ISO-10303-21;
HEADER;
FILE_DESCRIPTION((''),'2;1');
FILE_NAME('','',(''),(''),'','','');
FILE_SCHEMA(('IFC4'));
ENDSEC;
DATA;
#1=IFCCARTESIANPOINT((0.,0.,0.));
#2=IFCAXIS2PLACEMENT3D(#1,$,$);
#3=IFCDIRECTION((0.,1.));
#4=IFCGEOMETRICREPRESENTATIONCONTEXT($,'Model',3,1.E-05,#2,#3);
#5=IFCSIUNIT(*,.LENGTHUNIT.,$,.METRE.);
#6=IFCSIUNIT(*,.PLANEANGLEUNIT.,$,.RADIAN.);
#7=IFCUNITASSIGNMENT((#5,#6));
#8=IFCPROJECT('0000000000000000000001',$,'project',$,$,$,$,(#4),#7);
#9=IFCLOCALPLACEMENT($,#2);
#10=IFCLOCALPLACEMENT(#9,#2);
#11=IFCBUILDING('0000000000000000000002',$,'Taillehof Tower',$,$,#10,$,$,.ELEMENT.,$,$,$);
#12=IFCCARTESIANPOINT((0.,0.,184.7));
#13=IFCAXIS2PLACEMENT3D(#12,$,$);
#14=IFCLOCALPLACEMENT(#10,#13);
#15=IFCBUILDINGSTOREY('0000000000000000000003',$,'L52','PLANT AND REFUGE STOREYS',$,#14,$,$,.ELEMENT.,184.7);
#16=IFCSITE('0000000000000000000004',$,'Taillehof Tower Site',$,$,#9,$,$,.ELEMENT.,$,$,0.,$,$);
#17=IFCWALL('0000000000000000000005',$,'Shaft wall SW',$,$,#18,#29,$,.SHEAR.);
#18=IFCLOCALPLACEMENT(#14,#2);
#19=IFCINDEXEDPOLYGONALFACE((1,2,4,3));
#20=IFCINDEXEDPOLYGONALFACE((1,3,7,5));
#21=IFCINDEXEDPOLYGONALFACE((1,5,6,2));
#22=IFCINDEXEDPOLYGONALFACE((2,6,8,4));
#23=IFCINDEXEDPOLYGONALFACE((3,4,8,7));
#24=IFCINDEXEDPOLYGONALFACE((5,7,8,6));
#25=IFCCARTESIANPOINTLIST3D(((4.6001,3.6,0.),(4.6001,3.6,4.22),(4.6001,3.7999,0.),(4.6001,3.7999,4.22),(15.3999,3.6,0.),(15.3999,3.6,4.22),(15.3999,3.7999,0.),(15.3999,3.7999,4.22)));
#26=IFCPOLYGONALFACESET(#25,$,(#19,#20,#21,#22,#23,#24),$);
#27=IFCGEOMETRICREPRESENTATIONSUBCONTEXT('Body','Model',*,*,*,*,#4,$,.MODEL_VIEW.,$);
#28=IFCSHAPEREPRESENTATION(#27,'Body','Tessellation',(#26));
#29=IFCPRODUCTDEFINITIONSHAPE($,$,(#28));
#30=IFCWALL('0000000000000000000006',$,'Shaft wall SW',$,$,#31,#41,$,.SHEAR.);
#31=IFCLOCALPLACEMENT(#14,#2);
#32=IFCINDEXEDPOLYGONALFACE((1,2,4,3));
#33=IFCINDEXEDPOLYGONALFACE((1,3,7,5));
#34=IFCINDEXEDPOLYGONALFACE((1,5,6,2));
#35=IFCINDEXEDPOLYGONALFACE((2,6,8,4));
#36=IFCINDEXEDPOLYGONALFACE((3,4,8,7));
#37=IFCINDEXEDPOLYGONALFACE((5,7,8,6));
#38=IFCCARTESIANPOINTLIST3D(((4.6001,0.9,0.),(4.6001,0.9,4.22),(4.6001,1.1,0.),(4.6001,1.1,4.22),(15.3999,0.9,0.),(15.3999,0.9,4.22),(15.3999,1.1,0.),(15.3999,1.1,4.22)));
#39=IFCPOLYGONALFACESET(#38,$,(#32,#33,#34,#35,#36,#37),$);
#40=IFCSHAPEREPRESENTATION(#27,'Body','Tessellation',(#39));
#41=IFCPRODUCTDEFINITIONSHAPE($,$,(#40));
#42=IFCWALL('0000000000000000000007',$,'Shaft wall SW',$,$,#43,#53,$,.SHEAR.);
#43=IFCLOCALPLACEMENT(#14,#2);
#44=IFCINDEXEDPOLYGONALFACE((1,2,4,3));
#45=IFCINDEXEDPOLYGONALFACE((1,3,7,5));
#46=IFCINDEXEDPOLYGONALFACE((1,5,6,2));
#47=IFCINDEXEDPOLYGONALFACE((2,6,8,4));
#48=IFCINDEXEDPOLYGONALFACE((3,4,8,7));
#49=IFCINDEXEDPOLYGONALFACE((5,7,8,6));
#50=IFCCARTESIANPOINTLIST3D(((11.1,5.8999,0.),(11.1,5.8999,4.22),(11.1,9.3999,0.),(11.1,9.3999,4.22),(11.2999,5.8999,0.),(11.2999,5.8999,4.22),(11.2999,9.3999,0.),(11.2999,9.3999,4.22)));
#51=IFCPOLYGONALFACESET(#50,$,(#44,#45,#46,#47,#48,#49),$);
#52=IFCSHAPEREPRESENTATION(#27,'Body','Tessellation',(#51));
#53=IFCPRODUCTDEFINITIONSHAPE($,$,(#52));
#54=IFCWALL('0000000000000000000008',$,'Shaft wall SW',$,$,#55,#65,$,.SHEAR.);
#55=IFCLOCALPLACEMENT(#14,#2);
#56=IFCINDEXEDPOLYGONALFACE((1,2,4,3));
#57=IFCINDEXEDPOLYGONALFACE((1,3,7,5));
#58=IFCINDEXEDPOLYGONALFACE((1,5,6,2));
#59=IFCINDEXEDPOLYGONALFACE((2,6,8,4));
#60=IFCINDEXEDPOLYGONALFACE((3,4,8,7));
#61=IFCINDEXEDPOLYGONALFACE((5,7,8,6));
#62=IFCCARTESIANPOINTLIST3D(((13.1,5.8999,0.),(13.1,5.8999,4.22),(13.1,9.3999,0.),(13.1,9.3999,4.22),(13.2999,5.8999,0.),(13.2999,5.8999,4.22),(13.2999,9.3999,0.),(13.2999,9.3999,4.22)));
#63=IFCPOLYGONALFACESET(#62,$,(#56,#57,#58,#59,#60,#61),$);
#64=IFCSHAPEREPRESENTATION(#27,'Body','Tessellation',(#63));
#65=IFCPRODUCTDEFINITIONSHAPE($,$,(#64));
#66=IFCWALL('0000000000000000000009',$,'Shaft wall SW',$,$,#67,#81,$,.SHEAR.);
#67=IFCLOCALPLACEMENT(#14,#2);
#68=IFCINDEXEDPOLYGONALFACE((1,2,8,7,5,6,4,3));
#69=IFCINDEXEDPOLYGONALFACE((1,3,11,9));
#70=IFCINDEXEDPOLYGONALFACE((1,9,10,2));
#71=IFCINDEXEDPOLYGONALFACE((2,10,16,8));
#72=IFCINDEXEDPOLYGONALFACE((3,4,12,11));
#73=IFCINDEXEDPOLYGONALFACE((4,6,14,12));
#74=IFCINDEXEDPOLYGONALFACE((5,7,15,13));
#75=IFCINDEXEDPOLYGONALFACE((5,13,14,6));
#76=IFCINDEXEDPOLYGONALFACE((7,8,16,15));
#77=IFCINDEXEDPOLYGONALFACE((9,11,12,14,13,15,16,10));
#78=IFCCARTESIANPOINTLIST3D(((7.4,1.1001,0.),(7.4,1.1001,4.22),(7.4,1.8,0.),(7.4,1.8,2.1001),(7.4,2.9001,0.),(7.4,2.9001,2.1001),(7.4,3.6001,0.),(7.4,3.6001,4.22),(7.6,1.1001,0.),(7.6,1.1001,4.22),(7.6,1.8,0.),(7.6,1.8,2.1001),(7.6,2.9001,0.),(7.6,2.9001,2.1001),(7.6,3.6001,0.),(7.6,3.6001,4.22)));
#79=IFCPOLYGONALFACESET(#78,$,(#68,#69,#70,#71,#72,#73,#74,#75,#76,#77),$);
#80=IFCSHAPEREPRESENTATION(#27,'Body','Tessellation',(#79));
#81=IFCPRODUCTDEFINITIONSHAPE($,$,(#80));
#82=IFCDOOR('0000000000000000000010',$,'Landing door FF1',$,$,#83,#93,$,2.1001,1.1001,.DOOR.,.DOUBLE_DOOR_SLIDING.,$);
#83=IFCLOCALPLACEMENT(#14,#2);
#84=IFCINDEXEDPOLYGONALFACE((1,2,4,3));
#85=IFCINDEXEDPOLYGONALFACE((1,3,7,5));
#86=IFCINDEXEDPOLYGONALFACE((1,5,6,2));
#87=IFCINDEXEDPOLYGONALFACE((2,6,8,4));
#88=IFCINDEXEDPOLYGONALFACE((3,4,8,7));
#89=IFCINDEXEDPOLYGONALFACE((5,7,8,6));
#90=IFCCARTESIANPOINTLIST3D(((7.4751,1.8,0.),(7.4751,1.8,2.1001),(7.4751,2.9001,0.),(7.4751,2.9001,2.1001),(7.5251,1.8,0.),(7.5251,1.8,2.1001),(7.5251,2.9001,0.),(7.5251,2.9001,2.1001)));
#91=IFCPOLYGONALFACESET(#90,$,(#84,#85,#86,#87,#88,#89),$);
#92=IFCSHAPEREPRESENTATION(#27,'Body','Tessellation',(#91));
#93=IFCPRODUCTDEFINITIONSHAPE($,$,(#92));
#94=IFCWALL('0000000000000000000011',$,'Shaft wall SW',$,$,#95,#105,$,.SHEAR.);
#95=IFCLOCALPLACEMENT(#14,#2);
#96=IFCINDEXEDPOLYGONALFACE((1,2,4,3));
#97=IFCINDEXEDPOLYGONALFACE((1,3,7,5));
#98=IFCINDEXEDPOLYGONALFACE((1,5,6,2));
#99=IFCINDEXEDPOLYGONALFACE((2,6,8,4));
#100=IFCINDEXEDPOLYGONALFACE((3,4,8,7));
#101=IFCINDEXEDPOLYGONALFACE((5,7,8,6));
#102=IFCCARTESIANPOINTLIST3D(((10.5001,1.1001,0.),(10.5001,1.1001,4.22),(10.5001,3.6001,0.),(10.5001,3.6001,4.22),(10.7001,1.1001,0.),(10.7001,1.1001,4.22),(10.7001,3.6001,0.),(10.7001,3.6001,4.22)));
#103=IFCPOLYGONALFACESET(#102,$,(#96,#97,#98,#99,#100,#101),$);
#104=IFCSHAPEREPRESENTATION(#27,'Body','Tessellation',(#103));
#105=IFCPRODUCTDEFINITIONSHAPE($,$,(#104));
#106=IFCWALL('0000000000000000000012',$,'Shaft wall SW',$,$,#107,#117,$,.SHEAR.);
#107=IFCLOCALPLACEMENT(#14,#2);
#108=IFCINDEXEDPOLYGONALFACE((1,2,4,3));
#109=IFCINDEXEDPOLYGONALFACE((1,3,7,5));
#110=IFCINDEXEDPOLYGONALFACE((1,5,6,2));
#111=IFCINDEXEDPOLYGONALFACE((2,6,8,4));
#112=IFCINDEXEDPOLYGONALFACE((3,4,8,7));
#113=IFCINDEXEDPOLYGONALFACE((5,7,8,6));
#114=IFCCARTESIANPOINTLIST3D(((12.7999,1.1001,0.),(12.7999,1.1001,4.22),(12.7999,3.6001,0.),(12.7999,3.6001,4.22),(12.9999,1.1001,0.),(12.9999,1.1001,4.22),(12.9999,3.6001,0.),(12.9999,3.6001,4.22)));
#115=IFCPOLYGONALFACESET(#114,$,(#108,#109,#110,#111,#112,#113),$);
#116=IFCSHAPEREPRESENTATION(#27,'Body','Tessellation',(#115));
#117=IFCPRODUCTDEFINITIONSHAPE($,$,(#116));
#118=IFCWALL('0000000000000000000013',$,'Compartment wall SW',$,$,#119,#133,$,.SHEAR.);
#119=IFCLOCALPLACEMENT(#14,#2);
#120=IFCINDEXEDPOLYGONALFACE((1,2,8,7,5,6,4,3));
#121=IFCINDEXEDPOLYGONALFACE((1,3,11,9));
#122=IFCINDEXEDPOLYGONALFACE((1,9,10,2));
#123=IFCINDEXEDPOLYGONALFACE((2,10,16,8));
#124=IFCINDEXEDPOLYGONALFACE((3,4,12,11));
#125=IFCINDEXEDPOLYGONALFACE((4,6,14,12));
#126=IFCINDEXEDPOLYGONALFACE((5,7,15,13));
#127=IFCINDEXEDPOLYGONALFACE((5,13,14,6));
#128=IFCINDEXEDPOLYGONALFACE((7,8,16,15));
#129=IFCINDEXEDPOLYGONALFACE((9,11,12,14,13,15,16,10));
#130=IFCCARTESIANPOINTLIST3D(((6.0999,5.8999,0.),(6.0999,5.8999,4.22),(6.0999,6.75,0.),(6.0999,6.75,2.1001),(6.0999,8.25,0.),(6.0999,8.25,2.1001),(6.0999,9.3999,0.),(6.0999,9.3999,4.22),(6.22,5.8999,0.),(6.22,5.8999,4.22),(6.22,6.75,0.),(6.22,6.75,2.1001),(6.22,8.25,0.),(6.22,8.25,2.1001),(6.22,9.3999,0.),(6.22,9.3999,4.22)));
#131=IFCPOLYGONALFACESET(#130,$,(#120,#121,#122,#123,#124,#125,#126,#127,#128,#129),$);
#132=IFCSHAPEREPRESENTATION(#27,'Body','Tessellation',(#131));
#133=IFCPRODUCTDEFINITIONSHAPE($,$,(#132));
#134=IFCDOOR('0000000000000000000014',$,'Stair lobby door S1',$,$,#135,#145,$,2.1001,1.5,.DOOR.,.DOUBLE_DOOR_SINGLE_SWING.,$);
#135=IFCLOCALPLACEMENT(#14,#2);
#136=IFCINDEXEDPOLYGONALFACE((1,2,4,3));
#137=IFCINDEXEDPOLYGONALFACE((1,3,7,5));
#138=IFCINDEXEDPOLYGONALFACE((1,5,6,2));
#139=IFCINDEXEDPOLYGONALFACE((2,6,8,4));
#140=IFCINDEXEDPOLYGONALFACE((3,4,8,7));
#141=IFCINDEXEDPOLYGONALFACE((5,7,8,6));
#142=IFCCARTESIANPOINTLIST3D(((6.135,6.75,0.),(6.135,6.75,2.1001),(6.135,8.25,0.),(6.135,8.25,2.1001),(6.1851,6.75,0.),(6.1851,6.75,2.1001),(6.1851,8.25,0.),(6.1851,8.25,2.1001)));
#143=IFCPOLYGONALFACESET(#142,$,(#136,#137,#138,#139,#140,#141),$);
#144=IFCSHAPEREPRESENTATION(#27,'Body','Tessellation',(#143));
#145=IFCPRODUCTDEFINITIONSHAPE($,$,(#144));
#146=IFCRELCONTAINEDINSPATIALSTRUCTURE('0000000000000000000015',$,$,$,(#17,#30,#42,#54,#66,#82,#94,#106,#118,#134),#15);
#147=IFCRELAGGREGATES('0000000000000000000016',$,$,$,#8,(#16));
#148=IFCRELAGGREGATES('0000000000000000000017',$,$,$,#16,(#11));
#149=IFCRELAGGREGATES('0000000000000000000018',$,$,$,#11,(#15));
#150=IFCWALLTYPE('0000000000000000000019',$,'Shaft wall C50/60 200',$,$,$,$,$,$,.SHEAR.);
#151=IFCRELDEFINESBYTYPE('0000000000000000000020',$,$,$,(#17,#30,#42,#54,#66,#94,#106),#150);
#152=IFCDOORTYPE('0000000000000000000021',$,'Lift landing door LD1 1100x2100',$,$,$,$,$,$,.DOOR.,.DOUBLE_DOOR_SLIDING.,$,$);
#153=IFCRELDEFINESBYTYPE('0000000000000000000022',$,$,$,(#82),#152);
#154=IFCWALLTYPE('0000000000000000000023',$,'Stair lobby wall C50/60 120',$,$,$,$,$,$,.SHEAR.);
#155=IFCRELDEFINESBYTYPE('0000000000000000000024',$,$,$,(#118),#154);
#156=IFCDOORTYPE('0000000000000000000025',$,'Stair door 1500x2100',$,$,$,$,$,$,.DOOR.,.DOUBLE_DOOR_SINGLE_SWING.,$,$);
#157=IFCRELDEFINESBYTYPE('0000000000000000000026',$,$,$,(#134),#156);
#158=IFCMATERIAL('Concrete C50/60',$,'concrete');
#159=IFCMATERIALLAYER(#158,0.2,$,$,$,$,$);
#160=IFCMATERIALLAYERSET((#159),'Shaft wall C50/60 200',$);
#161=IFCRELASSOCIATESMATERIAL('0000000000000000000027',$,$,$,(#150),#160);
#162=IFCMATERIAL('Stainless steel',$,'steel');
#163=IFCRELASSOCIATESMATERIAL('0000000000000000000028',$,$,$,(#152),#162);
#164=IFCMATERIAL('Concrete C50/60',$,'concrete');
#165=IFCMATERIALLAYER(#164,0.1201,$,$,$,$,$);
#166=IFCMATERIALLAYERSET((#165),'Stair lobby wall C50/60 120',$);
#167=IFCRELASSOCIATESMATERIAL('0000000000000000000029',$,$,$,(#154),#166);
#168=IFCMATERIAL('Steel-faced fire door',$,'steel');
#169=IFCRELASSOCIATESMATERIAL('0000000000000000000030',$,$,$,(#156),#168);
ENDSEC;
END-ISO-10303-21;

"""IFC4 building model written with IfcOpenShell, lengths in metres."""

from ifc_helpers import new_model, si_unit, direction, frame, frame_2d, origin, place, context, subcontext, project, spatial, rectangle, extrude, material, layer, layer_set, type_object, element, fill, save


model = new_model("IFC4")

# Units and contexts
model_context = context("Model", 3, precision=1e-05, world=origin(), true_north=direction((0.0, 1.0)))
body_context = subcontext(model_context, "Body", "Model", "MODEL_VIEW")
ifc_project = project(units=[si_unit("LENGTHUNIT", "METRE"), si_unit("PLANEANGLEUNIT", "RADIAN")], contexts=[model_context])

# Site, building, storey
site_placement = place(None, origin())
site = spatial("IfcSite", under=ifc_project, at=site_placement, Name="Taillehof Tower Site", CompositionType="ELEMENT", RefElevation=0.0)
building_placement = place(site_placement, origin())
building = spatial("IfcBuilding", under=site, at=building_placement, Name="Taillehof Tower", CompositionType="ELEMENT")
storey_placement = place(building_placement, frame((0.0, 0.0, 184.7)))
storey = spatial("IfcBuildingStorey", under=building, at=storey_placement, Name="L52", Description="PLANT AND REFUGE STOREYS", CompositionType="ELEMENT", Elevation=184.7)

# Walls
ifc_material_1 = material(Name="Concrete C50/60", Category="concrete")
ifc_layer_1 = layer(ifc_material_1, 0.2)
ifc_layer_set_1 = layer_set([ifc_layer_1], Name="Shaft wall C50/60 200")
wall_type_1 = type_object("IfcWallType", Name="Shaft wall C50/60 200", PredefinedType="SHEAR", material=ifc_layer_set_1)
for number, where, z_axis, x_axis, name in (
    (1, (4.6001, 3.7, 0.0), (0.0, 0.0, 1.0), (1.0, 0.0, 0.0), "Shaft wall SW"),
    (2, (4.6001, 1.0, 0.0), (0.0, 0.0, 1.0), (1.0, 0.0, 0.0), "Shaft wall SW"),
):
    element("IfcWall", number, at=place(storey_placement, frame(where, z_axis=z_axis, x_axis=x_axis)), inside=storey, type_object=wall_type_1, Name=name, PredefinedType="SHEAR", context=body_context, shape_type="SweptSolid", body=[
        extrude(rectangle(XDim=10.7998, YDim=0.2, at=frame_2d((5.3999, 0.0))), origin(), (0.0, 0.0, 1.0), 4.22),
    ])
for number, where, z_axis, x_axis, name in (
    (3, (11.2, 5.8999, 0.0), (0.0, 0.0, 1.0), (0.0, 1.0, 0.0), "Shaft wall SW"),
    (4, (13.2, 5.8999, 0.0), (0.0, 0.0, 1.0), (0.0, 1.0, 0.0), "Shaft wall SW"),
):
    element("IfcWall", number, at=place(storey_placement, frame(where, z_axis=z_axis, x_axis=x_axis)), inside=storey, type_object=wall_type_1, Name=name, PredefinedType="SHEAR", context=body_context, shape_type="SweptSolid", body=[
        extrude(rectangle(XDim=3.5, YDim=0.2, at=frame_2d((1.75, 0.0))), origin(), (0.0, 0.0, 1.0), 4.22),
    ])

# Wall, opening, door
wall_1_placement = place(storey_placement, frame((7.5, 1.1001, 0.0), z_axis=(0.0, 0.0, 1.0), x_axis=(0.0, 1.0, 0.0)))
wall_1 = element("IfcWall", 5, at=wall_1_placement, inside=storey, type_object=wall_type_1, Name="Shaft wall SW", PredefinedType="SHEAR", context=body_context, shape_type="SweptSolid", body=[
    extrude(rectangle(XDim=2.5, YDim=0.2, at=frame_2d((1.25, 0.0))), origin(), (0.0, 0.0, 1.0), 4.22),
])
opening_1_placement = place(wall_1_placement, frame((0.7, 0.0, 0.0)))
opening_1 = element("IfcOpeningElement", 6, at=opening_1_placement, cuts=wall_1, PredefinedType="OPENING", context=body_context, shape_type="SweptSolid", body=[
    extrude(rectangle(XDim=1.1001, YDim=2.1001, at=frame_2d((0.55, 1.05))), frame((0.0, 0.1099, 0.0), z_axis=(0.0, -1.0, 0.0), x_axis=(1.0, 0.0, 0.0)), (0.0, 0.0, 1.0), 0.22),
])
ifc_material_2 = material(Name="Stainless steel", Category="steel")
door_type_1 = type_object("IfcDoorType", Name="Lift landing door LD1 1100x2100", OperationType="DOUBLE_DOOR_SLIDING", PredefinedType="DOOR", material=ifc_material_2)
door_1_placement = place(opening_1_placement, origin())
door_1 = element("IfcDoor", 7, at=door_1_placement, inside=storey, type_object=door_type_1, Name="Landing door FF1", OperationType="DOUBLE_DOOR_SLIDING", OverallHeight=2.1001, OverallWidth=1.1001, PredefinedType="DOOR", context=body_context, shape_type="SweptSolid", body=[
    extrude(rectangle(XDim=1.1001, YDim=2.1001, at=frame_2d((0.55, 1.05))), frame((0.0, 0.0249, 0.0), z_axis=(0.0, -1.0, 0.0), x_axis=(1.0, 0.0, 0.0)), (0.0, 0.0, 1.0), 0.05),
])
fill(opening_1, door_1)

# Walls
for number, where, z_axis, x_axis, name in (
    (8, (10.6001, 1.1001, 0.0), (0.0, 0.0, 1.0), (0.0, 1.0, 0.0), "Shaft wall SW"),
    (9, (12.8999, 1.1001, 0.0), (0.0, 0.0, 1.0), (0.0, 1.0, 0.0), "Shaft wall SW"),
):
    element("IfcWall", number, at=place(storey_placement, frame(where, z_axis=z_axis, x_axis=x_axis)), inside=storey, type_object=wall_type_1, Name=name, PredefinedType="SHEAR", context=body_context, shape_type="SweptSolid", body=[
        extrude(rectangle(XDim=2.5, YDim=0.2, at=frame_2d((1.25, 0.0))), origin(), (0.0, 0.0, 1.0), 4.22),
    ])

# Wall, opening, door
ifc_material_3 = material(Name="Concrete C50/60", Category="concrete")
ifc_layer_2 = layer(ifc_material_3, 0.1201)
ifc_layer_set_2 = layer_set([ifc_layer_2], Name="Stair lobby wall C50/60 120")
wall_type_2 = type_object("IfcWallType", Name="Stair lobby wall C50/60 120", PredefinedType="SHEAR", material=ifc_layer_set_2)
wall_2_placement = place(storey_placement, frame((6.1599, 5.8999, 0.0), z_axis=(0.0, 0.0, 1.0), x_axis=(0.0, 1.0, 0.0)))
wall_2 = element("IfcWall", 10, at=wall_2_placement, inside=storey, type_object=wall_type_2, Name="Compartment wall SW", PredefinedType="SHEAR", context=body_context, shape_type="SweptSolid", body=[
    extrude(rectangle(XDim=3.5, YDim=0.1201, at=frame_2d((1.75, 0.0))), origin(), (0.0, 0.0, 1.0), 4.22),
])
opening_2_placement = place(wall_2_placement, frame((0.8501, 0.0, 0.0)))
opening_2 = element("IfcOpeningElement", 11, at=opening_2_placement, cuts=wall_2, PredefinedType="OPENING", context=body_context, shape_type="SweptSolid", body=[
    extrude(rectangle(XDim=1.5, YDim=2.1001, at=frame_2d((0.75, 1.05))), frame((0.0, 0.0701, 0.0), z_axis=(0.0, -1.0, 0.0), x_axis=(1.0, 0.0, 0.0)), (0.0, 0.0, 1.0), 0.1401),
])
ifc_material_4 = material(Name="Steel-faced fire door", Category="steel")
door_type_2 = type_object("IfcDoorType", Name="Stair door 1500x2100", OperationType="DOUBLE_DOOR_SINGLE_SWING", PredefinedType="DOOR", material=ifc_material_4)
door_2_placement = place(opening_2_placement, origin())
door_2 = element("IfcDoor", 12, at=door_2_placement, inside=storey, type_object=door_type_2, Name="Stair lobby door S1", OperationType="DOUBLE_DOOR_SINGLE_SWING", OverallHeight=2.1001, OverallWidth=1.5, PredefinedType="DOOR", context=body_context, shape_type="SweptSolid", body=[
    extrude(rectangle(XDim=1.5, YDim=2.1001, at=frame_2d((0.75, 1.05))), frame((0.0, 0.0249, 0.0), z_axis=(0.0, -1.0, 0.0), x_axis=(1.0, 0.0, 0.0)), (0.0, 0.0, 1.0), 0.05),
])
fill(opening_2, door_2)

save(model, "model.ifc")
